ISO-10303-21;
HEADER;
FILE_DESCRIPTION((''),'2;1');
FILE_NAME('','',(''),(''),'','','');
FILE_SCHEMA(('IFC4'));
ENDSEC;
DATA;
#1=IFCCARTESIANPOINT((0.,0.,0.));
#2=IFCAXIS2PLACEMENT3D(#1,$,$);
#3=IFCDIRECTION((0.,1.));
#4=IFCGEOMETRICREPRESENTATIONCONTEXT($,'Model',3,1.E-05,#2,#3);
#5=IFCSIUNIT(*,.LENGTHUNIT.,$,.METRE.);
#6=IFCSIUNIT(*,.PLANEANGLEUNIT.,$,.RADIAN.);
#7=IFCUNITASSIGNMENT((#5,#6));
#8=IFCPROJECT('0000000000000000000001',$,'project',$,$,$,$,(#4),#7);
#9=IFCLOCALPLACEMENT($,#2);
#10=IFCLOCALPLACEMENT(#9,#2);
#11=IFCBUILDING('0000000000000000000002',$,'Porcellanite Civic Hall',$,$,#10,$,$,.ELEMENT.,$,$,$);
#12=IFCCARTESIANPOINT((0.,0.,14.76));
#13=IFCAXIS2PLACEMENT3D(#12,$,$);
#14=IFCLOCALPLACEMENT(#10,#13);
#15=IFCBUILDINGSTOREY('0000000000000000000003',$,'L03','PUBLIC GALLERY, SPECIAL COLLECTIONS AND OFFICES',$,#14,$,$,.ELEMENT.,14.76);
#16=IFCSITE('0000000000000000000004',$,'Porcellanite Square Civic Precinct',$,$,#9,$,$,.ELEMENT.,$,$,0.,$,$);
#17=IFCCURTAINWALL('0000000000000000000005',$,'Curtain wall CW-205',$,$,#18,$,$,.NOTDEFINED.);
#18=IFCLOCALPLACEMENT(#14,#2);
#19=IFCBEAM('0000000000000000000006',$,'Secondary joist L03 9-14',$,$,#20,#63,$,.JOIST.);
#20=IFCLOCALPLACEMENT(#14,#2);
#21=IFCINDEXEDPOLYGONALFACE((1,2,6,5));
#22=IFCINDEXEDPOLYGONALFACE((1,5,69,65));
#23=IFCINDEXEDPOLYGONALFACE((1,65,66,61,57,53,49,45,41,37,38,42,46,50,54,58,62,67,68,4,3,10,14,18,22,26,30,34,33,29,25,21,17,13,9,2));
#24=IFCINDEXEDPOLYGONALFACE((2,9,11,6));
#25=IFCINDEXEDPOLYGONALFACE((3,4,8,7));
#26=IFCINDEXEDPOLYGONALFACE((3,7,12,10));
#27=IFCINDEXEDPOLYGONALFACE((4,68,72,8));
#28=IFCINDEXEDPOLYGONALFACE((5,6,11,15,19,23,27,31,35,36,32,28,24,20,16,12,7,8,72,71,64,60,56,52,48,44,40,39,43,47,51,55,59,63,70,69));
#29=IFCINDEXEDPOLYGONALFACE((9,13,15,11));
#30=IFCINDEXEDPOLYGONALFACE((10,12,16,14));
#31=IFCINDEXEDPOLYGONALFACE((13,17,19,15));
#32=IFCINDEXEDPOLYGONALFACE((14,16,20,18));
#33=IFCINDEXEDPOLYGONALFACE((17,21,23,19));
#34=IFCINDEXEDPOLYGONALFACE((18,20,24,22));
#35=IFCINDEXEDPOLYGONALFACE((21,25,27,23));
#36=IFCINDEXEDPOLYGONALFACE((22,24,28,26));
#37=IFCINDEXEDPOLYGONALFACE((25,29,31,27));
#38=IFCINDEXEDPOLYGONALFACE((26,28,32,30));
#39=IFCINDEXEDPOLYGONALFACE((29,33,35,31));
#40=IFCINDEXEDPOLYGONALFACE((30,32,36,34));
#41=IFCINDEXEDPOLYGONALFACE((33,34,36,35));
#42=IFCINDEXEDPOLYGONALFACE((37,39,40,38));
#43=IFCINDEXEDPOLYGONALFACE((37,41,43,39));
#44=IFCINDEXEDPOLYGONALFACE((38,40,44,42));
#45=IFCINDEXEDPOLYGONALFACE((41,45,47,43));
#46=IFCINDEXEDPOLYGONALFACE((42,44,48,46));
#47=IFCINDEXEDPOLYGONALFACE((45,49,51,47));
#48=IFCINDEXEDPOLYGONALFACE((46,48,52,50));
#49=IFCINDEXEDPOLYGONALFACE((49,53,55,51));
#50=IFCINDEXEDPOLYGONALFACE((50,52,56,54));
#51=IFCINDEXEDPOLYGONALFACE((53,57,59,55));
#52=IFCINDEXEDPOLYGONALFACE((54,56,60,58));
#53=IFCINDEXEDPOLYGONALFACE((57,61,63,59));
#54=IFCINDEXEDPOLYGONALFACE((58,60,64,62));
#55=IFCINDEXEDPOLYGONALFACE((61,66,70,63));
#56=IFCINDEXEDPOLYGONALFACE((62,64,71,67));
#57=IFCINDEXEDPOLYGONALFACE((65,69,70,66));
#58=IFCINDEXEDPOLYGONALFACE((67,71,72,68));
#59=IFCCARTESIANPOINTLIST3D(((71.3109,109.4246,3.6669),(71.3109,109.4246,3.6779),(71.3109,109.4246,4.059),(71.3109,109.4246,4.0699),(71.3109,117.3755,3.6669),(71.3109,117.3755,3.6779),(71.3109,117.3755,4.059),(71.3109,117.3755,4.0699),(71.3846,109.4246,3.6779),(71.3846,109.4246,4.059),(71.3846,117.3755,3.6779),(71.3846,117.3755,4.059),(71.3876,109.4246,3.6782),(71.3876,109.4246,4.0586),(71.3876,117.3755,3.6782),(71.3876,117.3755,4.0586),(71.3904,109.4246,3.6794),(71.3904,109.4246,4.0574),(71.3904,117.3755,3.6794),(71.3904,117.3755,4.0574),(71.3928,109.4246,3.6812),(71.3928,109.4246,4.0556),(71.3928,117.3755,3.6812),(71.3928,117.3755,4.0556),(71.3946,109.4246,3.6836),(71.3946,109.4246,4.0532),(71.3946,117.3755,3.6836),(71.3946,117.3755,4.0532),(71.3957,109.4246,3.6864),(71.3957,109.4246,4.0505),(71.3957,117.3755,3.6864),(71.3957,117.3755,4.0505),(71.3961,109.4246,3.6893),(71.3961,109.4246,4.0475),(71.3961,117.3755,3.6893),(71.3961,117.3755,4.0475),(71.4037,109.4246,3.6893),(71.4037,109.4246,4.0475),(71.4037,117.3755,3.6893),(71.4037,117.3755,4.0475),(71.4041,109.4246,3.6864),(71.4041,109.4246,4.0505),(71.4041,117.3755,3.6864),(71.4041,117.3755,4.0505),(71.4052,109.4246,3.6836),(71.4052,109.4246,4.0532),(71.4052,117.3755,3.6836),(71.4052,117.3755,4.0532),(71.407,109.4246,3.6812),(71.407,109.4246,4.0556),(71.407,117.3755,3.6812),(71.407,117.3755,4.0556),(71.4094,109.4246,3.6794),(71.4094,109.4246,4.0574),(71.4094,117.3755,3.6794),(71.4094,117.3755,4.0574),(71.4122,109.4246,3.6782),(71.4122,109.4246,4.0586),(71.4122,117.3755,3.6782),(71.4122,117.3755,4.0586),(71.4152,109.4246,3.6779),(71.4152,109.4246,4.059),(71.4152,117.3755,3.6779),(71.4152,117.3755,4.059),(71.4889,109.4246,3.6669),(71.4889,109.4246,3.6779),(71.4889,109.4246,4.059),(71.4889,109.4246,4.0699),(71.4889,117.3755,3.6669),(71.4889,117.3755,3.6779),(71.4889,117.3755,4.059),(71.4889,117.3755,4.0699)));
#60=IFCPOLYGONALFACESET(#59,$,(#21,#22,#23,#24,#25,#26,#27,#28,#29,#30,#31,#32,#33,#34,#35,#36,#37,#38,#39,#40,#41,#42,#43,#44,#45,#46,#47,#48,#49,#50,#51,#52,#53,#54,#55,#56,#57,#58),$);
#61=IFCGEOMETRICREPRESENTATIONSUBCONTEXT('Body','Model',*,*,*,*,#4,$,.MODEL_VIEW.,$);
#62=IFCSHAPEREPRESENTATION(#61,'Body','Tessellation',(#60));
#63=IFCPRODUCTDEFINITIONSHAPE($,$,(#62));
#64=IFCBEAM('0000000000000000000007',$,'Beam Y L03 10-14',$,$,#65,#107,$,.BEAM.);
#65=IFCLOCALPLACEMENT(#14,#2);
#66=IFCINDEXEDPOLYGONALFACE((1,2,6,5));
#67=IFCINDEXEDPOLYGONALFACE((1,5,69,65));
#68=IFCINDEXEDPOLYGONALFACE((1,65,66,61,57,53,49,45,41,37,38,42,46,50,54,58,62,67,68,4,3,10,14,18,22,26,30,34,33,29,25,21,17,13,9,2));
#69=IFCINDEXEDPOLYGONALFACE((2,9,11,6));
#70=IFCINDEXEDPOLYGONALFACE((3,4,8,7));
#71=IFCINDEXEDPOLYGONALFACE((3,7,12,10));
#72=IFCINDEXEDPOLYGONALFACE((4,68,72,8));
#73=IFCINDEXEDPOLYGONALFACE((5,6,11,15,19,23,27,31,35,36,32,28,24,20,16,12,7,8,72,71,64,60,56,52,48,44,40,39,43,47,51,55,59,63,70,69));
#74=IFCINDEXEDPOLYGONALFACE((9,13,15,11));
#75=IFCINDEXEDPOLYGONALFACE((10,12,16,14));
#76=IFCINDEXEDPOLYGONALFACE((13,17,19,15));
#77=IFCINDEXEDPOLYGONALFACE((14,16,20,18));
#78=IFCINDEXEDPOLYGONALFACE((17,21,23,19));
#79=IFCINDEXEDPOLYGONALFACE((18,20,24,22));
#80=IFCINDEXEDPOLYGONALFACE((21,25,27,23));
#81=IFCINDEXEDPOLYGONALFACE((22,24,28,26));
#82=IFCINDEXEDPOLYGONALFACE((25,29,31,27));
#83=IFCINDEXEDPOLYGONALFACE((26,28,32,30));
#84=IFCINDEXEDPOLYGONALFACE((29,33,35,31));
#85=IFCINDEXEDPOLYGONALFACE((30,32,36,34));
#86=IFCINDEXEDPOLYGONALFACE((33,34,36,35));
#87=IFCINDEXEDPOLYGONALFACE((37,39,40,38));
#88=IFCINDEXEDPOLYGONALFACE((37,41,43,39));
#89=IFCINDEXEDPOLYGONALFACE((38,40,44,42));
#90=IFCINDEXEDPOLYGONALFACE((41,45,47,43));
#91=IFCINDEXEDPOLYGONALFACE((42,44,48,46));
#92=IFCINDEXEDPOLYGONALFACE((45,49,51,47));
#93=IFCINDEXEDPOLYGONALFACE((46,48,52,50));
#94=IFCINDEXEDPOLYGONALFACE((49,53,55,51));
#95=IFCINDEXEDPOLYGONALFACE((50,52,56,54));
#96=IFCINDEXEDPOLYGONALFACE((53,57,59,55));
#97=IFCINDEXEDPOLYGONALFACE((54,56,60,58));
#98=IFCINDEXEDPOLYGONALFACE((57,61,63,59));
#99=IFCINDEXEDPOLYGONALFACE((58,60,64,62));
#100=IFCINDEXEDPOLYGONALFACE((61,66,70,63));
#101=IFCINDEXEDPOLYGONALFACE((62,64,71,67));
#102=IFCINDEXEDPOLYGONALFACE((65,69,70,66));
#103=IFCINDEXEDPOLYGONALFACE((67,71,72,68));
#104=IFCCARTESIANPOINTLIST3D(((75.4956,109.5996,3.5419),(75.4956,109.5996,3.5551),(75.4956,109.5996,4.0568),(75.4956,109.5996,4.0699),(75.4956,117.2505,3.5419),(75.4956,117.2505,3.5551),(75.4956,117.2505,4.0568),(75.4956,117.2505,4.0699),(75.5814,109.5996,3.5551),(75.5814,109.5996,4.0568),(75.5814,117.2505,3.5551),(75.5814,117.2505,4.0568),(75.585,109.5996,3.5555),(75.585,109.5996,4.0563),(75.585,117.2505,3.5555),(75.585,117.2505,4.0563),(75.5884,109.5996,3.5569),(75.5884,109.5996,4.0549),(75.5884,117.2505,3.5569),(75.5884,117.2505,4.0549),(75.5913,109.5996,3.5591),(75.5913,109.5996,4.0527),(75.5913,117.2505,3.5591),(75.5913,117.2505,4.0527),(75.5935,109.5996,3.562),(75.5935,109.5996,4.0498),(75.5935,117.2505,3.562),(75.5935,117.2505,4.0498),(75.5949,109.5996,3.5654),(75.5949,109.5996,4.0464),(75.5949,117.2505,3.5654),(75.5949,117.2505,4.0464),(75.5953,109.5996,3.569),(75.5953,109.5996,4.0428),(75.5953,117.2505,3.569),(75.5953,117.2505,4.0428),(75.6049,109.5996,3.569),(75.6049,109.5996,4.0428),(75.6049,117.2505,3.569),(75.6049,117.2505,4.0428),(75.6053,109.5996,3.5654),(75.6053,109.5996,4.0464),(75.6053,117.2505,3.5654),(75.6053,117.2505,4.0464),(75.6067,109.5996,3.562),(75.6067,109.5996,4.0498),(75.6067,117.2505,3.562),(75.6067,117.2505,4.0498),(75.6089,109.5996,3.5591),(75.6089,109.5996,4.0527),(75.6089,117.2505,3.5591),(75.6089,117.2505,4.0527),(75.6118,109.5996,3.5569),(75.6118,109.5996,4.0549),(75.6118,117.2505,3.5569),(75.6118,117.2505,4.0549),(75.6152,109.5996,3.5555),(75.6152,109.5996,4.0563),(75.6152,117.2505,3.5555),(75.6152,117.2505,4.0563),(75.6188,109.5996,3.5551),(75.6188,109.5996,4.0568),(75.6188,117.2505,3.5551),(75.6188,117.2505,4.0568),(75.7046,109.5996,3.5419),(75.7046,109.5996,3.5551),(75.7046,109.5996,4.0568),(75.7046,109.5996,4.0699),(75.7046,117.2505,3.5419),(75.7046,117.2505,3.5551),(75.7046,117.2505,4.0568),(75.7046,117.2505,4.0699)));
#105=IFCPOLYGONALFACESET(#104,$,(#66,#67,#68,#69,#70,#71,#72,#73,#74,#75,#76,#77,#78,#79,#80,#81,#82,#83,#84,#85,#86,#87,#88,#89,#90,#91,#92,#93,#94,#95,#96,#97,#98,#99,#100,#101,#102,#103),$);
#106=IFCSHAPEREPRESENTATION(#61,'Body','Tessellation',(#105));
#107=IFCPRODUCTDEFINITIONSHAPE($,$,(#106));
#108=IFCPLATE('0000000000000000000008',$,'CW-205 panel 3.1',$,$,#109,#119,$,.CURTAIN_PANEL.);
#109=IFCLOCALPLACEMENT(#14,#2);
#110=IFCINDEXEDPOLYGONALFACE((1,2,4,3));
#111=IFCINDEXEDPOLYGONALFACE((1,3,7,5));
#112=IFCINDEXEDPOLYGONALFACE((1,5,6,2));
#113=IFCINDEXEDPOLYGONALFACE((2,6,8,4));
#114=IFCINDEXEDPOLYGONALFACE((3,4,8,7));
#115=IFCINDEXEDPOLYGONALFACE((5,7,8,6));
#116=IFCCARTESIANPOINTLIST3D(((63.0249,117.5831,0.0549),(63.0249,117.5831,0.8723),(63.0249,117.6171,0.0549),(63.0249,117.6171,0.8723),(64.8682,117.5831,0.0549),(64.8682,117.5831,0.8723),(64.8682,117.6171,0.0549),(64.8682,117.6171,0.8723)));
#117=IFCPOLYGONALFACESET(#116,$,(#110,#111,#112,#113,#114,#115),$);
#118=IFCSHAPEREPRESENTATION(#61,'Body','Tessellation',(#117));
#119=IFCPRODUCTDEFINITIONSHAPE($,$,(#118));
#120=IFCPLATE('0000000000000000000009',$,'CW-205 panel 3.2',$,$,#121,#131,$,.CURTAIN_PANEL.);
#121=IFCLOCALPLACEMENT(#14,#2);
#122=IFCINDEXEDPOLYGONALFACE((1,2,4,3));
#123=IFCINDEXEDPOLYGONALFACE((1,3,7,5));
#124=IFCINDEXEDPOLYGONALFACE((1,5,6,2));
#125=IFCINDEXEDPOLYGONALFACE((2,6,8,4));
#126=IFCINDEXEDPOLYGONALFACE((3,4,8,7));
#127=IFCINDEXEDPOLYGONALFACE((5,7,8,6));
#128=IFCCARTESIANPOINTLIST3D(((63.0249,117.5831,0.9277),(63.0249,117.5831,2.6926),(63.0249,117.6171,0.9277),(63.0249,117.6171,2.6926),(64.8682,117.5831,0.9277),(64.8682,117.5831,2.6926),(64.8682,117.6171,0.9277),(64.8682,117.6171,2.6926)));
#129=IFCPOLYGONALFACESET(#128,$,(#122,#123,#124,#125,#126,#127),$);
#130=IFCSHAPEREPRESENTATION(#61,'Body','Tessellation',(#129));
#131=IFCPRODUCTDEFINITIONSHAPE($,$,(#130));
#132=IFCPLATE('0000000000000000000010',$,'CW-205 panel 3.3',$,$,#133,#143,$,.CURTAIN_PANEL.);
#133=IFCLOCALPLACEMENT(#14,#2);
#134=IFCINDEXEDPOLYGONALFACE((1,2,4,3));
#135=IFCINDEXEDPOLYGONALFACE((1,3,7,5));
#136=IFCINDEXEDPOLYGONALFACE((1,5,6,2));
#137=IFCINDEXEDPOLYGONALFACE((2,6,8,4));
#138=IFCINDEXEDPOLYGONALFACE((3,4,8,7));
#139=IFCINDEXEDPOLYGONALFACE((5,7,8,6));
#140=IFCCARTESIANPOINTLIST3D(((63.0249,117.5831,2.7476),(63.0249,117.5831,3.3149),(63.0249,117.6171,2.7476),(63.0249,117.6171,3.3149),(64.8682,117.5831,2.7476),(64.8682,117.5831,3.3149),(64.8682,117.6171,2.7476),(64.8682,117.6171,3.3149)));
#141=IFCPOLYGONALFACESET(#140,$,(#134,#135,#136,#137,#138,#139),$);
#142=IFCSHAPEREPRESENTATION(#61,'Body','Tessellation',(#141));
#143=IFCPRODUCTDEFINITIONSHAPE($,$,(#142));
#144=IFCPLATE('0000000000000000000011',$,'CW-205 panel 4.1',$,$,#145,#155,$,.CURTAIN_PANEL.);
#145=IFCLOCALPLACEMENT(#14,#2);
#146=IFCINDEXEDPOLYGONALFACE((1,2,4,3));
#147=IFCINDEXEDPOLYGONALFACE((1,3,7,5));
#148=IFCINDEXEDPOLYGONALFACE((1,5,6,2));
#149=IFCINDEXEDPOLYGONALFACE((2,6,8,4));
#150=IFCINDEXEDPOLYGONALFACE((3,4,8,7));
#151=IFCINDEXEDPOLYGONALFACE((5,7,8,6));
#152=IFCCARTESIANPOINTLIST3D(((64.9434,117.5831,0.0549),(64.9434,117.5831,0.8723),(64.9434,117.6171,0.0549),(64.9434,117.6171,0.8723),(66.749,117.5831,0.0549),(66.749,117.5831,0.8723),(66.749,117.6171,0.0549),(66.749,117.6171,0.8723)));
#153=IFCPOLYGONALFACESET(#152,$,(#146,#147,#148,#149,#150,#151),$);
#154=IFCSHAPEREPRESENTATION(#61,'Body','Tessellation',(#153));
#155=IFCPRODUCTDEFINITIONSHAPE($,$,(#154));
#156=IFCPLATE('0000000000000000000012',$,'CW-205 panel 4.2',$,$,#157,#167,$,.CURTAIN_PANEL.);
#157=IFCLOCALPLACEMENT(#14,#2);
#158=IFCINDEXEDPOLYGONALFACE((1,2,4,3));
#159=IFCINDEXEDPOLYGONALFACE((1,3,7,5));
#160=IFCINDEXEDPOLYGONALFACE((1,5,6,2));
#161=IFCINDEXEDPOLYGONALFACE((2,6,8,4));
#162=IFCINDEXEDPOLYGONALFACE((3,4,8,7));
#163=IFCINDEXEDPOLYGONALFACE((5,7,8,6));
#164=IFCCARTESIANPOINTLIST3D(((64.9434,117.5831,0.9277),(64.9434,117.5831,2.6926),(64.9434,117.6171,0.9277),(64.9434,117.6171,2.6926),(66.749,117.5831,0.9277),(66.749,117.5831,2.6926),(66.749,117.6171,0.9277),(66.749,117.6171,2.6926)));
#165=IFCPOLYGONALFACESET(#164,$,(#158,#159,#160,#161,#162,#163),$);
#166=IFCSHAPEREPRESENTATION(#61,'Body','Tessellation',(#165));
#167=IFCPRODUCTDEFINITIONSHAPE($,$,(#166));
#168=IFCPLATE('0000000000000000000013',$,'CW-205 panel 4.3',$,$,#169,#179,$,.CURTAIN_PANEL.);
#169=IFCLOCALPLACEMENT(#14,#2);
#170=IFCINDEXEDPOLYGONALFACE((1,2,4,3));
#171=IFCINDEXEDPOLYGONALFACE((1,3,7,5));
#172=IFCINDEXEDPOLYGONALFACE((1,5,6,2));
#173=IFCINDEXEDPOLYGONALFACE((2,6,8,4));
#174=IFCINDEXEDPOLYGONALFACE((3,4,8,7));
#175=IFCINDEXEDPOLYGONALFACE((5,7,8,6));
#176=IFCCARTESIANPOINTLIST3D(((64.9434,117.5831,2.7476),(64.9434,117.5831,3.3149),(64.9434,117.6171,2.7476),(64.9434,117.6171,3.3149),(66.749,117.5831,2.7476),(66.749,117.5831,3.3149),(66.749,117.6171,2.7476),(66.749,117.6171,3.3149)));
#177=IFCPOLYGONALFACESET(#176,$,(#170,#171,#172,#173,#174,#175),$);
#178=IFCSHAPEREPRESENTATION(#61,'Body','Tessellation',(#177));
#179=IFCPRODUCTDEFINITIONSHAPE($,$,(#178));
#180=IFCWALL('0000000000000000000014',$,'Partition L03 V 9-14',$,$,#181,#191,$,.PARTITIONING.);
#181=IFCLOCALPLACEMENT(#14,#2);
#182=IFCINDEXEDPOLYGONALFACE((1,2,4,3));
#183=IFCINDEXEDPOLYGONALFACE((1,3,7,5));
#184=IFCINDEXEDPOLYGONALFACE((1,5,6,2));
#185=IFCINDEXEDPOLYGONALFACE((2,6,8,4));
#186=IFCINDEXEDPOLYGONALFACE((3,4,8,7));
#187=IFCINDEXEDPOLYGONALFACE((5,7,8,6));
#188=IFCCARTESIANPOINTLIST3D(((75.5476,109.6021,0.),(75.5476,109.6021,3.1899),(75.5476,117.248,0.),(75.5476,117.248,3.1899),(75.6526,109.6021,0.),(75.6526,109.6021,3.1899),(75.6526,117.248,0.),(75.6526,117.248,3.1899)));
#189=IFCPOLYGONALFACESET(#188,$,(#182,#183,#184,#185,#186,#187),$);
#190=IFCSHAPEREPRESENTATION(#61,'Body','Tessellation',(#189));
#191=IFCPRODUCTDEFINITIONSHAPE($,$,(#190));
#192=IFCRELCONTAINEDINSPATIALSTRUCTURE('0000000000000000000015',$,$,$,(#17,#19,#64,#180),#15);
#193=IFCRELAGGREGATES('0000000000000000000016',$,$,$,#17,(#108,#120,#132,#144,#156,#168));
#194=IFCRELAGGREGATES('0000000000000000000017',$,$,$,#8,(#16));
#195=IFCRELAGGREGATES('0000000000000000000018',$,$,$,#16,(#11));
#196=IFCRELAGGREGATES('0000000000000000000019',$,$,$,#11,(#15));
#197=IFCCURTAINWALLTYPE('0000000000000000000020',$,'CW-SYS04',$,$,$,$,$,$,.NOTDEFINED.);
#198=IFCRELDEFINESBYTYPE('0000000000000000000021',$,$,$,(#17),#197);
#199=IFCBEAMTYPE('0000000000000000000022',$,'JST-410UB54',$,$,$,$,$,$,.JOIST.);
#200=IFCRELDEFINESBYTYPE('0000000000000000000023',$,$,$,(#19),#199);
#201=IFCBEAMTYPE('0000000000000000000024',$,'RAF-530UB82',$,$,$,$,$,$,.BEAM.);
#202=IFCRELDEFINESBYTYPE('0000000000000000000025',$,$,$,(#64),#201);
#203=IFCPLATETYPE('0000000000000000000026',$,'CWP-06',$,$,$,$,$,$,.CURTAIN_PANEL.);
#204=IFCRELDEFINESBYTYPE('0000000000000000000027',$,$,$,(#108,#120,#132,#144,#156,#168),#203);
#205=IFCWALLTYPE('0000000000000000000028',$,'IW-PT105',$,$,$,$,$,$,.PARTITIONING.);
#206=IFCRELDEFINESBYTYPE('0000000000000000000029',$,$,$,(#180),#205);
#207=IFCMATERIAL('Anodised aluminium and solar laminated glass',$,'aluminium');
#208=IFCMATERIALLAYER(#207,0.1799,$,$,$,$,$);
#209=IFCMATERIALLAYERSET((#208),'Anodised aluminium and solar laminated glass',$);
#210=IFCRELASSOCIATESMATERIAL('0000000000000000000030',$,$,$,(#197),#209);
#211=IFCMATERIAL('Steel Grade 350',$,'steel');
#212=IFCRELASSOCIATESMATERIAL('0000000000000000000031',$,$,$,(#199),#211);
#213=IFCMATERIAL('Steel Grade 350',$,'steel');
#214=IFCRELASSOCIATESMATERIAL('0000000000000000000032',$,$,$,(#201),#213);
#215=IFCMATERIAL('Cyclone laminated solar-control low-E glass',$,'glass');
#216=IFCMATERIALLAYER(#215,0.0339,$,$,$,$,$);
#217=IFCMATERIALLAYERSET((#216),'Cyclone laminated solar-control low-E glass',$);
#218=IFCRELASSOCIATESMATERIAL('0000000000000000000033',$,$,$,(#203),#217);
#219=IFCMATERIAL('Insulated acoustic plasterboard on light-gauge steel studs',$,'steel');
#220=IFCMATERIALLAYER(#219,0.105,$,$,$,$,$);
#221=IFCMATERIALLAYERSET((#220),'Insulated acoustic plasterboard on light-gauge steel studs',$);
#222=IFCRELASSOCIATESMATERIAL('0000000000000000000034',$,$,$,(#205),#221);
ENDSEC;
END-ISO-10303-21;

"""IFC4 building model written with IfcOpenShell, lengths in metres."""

from ifc_helpers import new_model, si_unit, direction, frame, frame_2d, origin, origin_2d, place, context, subcontext, project, spatial, rectangle, i_section, extrude, material, layer, layer_set, material_profile, profile_set, type_object, element, aggregate, save


model = new_model("IFC4")

# Units and contexts
model_context = context("Model", 3, precision=1e-05, world=origin(), true_north=direction((0.0, 1.0)))
body_context = subcontext(model_context, "Body", "Model", "MODEL_VIEW")
ifc_project = project(units=[si_unit("LENGTHUNIT", "METRE"), si_unit("PLANEANGLEUNIT", "RADIAN")], contexts=[model_context])

# Site, building, storey
site_placement = place(None, origin())
site = spatial("IfcSite", under=ifc_project, at=site_placement, Name="Porcellanite Square Civic Precinct", CompositionType="ELEMENT", RefElevation=0.0)
building_placement = place(site_placement, origin())
building = spatial("IfcBuilding", under=site, at=building_placement, Name="Porcellanite Civic Hall", CompositionType="ELEMENT")
storey_placement = place(building_placement, frame((0.0, 0.0, 14.76)))
storey = spatial("IfcBuildingStorey", under=building, at=storey_placement, Name="L03", Description="PUBLIC GALLERY, SPECIAL COLLECTIONS AND OFFICES", CompositionType="ELEMENT", Elevation=14.76)

# Curtain wall
ifc_material_1 = material(Name="Anodised aluminium and solar laminated glass", Category="aluminium")
ifc_layer_1 = layer(ifc_material_1, 0.1799)
ifc_layer_set_1 = layer_set([ifc_layer_1], Name="Anodised aluminium and solar laminated glass")
curtain_wall_type = type_object("IfcCurtainWallType", Name="CW-SYS04", PredefinedType="NOTDEFINED", material=ifc_layer_set_1)
curtain_wall_placement = place(storey_placement, origin())
curtain_wall = element("IfcCurtainWall", 1, at=curtain_wall_placement, inside=storey, type_object=curtain_wall_type, Name="Curtain wall CW-205", PredefinedType="NOTDEFINED")

# Beams
ifc_material_2 = material(Name="Steel Grade 350", Category="steel")
ifc_material_profile_1 = material_profile(ifc_material_2, i_section(OverallWidth=0.178, OverallDepth=0.4031, WebThickness=0.0076, FlangeThickness=0.011, FilletRadius=0.0115, at=origin_2d()), Name="410UB53.7")
ifc_profile_set_1 = profile_set([ifc_material_profile_1], Name="Steel Grade 350")
beam_type_1 = type_object("IfcBeamType", Name="JST-410UB54", PredefinedType="JOIST", material=ifc_profile_set_1)
beam_1_placement = place(storey_placement, frame((71.3999, 109.4246, 3.8684), z_axis=(0.0, 1.0, 0.0), x_axis=(-1.0, 0.0, 0.0)))
element("IfcBeam", 2, at=beam_1_placement, inside=storey, type_object=beam_type_1, Name="Secondary joist L03 9-14", PredefinedType="JOIST", context=body_context, shape_type="SweptSolid", body=[
    extrude(i_section(OverallWidth=0.178, OverallDepth=0.4031, WebThickness=0.0076, FlangeThickness=0.011, FilletRadius=0.0115, at=origin_2d()), origin(), (0.0, 0.0, 1.0), 7.9509),
])
ifc_material_3 = material(Name="Steel Grade 350", Category="steel")
ifc_material_profile_2 = material_profile(ifc_material_3, i_section(OverallWidth=0.209, OverallDepth=0.5281, WebThickness=0.0095, FlangeThickness=0.0132, FilletRadius=0.0139, at=origin_2d()), Name="530UB82.0")
ifc_profile_set_2 = profile_set([ifc_material_profile_2], Name="Steel Grade 350")
beam_type_2 = type_object("IfcBeamType", Name="RAF-530UB82", PredefinedType="BEAM", material=ifc_profile_set_2)
beam_2_placement = place(storey_placement, frame((75.6001, 109.5996, 3.8059), z_axis=(0.0, 1.0, 0.0), x_axis=(-1.0, 0.0, 0.0)))
element("IfcBeam", 3, at=beam_2_placement, inside=storey, type_object=beam_type_2, Name="Beam Y L03 10-14", PredefinedType="BEAM", context=body_context, shape_type="SweptSolid", body=[
    extrude(i_section(OverallWidth=0.209, OverallDepth=0.5281, WebThickness=0.0095, FlangeThickness=0.0132, FilletRadius=0.0139, at=origin_2d()), origin(), (0.0, 0.0, 1.0), 7.6509),
])

# Plates
ifc_material_4 = material(Name="Cyclone laminated solar-control low-E glass", Category="glass")
ifc_layer_2 = layer(ifc_material_4, 0.0339)
ifc_layer_set_2 = layer_set([ifc_layer_2], Name="Cyclone laminated solar-control low-E glass")
plate_type = type_object("IfcPlateType", Name="CWP-06", PredefinedType="CURTAIN_PANEL", material=ifc_layer_set_2)
plate_1_placement = place(storey_placement, frame((63.9465, 117.6001, 0.0549), z_axis=(0.0, 0.0, 1.0), x_axis=(1.0, 0.0, 0.0)))
plate_1 = element("IfcPlate", 4, at=plate_1_placement, type_object=plate_type, Name="CW-205 panel 3.1", PredefinedType="CURTAIN_PANEL", context=body_context, shape_type="SweptSolid", body=[
    extrude(rectangle(XDim=1.8433, YDim=0.0339, at=origin_2d()), origin(), (0.0, 0.0, 1.0), 0.8174),
])
plate_2_placement = place(storey_placement, frame((63.9465, 117.6001, 0.9277), z_axis=(0.0, 0.0, 1.0), x_axis=(1.0, 0.0, 0.0)))
plate_2 = element("IfcPlate", 5, at=plate_2_placement, type_object=plate_type, Name="CW-205 panel 3.2", PredefinedType="CURTAIN_PANEL", context=body_context, shape_type="SweptSolid", body=[
    extrude(rectangle(XDim=1.8433, YDim=0.0339, at=origin_2d()), origin(), (0.0, 0.0, 1.0), 1.7649),
])
plate_3_placement = place(storey_placement, frame((63.9465, 117.6001, 2.7476), z_axis=(0.0, 0.0, 1.0), x_axis=(1.0, 0.0, 0.0)))
plate_3 = element("IfcPlate", 6, at=plate_3_placement, type_object=plate_type, Name="CW-205 panel 3.3", PredefinedType="CURTAIN_PANEL", context=body_context, shape_type="SweptSolid", body=[
    extrude(rectangle(XDim=1.8433, YDim=0.0339, at=origin_2d()), origin(), (0.0, 0.0, 1.0), 0.5674),
])
plate_4_placement = place(storey_placement, frame((65.8462, 117.6001, 0.0549), z_axis=(0.0, 0.0, 1.0), x_axis=(1.0, 0.0, 0.0)))
plate_4 = element("IfcPlate", 7, at=plate_4_placement, type_object=plate_type, Name="CW-205 panel 4.1", PredefinedType="CURTAIN_PANEL", context=body_context, shape_type="SweptSolid", body=[
    extrude(rectangle(XDim=1.8057, YDim=0.0339, at=origin_2d()), origin(), (0.0, 0.0, 1.0), 0.8174),
])
plate_5_placement = place(storey_placement, frame((65.8462, 117.6001, 0.9277), z_axis=(0.0, 0.0, 1.0), x_axis=(1.0, 0.0, 0.0)))
plate_5 = element("IfcPlate", 8, at=plate_5_placement, type_object=plate_type, Name="CW-205 panel 4.2", PredefinedType="CURTAIN_PANEL", context=body_context, shape_type="SweptSolid", body=[
    extrude(rectangle(XDim=1.8057, YDim=0.0339, at=origin_2d()), origin(), (0.0, 0.0, 1.0), 1.7649),
])
plate_6_placement = place(storey_placement, frame((65.8462, 117.6001, 2.7476), z_axis=(0.0, 0.0, 1.0), x_axis=(1.0, 0.0, 0.0)))
plate_6 = element("IfcPlate", 9, at=plate_6_placement, type_object=plate_type, Name="CW-205 panel 4.3", PredefinedType="CURTAIN_PANEL", context=body_context, shape_type="SweptSolid", body=[
    extrude(rectangle(XDim=1.8057, YDim=0.0339, at=origin_2d()), origin(), (0.0, 0.0, 1.0), 0.5674),
])
aggregate(curtain_wall, [plate_1, plate_2, plate_3, plate_4, plate_5, plate_6])

# Wall
ifc_material_5 = material(Name="Insulated acoustic plasterboard on light-gauge steel studs", Category="steel")
ifc_layer_3 = layer(ifc_material_5, 0.105)
ifc_layer_set_3 = layer_set([ifc_layer_3], Name="Insulated acoustic plasterboard on light-gauge steel studs")
wall_type_1 = type_object("IfcWallType", Name="IW-PT105", PredefinedType="PARTITIONING", material=ifc_layer_set_3)
wall_1_placement = place(storey_placement, frame((75.6001, 109.6021, 0.0), z_axis=(0.0, 0.0, 1.0), x_axis=(0.0, 1.0, 0.0)))
element("IfcWall", 10, at=wall_1_placement, inside=storey, type_object=wall_type_1, Name="Partition L03 V 9-14", PredefinedType="PARTITIONING", context=body_context, shape_type="SweptSolid", body=[
    extrude(rectangle(XDim=7.646, YDim=0.105, at=frame_2d((3.823, 0.0))), origin(), (0.0, 0.0, 1.0), 3.1899),
])

save(model, "model.ifc")
